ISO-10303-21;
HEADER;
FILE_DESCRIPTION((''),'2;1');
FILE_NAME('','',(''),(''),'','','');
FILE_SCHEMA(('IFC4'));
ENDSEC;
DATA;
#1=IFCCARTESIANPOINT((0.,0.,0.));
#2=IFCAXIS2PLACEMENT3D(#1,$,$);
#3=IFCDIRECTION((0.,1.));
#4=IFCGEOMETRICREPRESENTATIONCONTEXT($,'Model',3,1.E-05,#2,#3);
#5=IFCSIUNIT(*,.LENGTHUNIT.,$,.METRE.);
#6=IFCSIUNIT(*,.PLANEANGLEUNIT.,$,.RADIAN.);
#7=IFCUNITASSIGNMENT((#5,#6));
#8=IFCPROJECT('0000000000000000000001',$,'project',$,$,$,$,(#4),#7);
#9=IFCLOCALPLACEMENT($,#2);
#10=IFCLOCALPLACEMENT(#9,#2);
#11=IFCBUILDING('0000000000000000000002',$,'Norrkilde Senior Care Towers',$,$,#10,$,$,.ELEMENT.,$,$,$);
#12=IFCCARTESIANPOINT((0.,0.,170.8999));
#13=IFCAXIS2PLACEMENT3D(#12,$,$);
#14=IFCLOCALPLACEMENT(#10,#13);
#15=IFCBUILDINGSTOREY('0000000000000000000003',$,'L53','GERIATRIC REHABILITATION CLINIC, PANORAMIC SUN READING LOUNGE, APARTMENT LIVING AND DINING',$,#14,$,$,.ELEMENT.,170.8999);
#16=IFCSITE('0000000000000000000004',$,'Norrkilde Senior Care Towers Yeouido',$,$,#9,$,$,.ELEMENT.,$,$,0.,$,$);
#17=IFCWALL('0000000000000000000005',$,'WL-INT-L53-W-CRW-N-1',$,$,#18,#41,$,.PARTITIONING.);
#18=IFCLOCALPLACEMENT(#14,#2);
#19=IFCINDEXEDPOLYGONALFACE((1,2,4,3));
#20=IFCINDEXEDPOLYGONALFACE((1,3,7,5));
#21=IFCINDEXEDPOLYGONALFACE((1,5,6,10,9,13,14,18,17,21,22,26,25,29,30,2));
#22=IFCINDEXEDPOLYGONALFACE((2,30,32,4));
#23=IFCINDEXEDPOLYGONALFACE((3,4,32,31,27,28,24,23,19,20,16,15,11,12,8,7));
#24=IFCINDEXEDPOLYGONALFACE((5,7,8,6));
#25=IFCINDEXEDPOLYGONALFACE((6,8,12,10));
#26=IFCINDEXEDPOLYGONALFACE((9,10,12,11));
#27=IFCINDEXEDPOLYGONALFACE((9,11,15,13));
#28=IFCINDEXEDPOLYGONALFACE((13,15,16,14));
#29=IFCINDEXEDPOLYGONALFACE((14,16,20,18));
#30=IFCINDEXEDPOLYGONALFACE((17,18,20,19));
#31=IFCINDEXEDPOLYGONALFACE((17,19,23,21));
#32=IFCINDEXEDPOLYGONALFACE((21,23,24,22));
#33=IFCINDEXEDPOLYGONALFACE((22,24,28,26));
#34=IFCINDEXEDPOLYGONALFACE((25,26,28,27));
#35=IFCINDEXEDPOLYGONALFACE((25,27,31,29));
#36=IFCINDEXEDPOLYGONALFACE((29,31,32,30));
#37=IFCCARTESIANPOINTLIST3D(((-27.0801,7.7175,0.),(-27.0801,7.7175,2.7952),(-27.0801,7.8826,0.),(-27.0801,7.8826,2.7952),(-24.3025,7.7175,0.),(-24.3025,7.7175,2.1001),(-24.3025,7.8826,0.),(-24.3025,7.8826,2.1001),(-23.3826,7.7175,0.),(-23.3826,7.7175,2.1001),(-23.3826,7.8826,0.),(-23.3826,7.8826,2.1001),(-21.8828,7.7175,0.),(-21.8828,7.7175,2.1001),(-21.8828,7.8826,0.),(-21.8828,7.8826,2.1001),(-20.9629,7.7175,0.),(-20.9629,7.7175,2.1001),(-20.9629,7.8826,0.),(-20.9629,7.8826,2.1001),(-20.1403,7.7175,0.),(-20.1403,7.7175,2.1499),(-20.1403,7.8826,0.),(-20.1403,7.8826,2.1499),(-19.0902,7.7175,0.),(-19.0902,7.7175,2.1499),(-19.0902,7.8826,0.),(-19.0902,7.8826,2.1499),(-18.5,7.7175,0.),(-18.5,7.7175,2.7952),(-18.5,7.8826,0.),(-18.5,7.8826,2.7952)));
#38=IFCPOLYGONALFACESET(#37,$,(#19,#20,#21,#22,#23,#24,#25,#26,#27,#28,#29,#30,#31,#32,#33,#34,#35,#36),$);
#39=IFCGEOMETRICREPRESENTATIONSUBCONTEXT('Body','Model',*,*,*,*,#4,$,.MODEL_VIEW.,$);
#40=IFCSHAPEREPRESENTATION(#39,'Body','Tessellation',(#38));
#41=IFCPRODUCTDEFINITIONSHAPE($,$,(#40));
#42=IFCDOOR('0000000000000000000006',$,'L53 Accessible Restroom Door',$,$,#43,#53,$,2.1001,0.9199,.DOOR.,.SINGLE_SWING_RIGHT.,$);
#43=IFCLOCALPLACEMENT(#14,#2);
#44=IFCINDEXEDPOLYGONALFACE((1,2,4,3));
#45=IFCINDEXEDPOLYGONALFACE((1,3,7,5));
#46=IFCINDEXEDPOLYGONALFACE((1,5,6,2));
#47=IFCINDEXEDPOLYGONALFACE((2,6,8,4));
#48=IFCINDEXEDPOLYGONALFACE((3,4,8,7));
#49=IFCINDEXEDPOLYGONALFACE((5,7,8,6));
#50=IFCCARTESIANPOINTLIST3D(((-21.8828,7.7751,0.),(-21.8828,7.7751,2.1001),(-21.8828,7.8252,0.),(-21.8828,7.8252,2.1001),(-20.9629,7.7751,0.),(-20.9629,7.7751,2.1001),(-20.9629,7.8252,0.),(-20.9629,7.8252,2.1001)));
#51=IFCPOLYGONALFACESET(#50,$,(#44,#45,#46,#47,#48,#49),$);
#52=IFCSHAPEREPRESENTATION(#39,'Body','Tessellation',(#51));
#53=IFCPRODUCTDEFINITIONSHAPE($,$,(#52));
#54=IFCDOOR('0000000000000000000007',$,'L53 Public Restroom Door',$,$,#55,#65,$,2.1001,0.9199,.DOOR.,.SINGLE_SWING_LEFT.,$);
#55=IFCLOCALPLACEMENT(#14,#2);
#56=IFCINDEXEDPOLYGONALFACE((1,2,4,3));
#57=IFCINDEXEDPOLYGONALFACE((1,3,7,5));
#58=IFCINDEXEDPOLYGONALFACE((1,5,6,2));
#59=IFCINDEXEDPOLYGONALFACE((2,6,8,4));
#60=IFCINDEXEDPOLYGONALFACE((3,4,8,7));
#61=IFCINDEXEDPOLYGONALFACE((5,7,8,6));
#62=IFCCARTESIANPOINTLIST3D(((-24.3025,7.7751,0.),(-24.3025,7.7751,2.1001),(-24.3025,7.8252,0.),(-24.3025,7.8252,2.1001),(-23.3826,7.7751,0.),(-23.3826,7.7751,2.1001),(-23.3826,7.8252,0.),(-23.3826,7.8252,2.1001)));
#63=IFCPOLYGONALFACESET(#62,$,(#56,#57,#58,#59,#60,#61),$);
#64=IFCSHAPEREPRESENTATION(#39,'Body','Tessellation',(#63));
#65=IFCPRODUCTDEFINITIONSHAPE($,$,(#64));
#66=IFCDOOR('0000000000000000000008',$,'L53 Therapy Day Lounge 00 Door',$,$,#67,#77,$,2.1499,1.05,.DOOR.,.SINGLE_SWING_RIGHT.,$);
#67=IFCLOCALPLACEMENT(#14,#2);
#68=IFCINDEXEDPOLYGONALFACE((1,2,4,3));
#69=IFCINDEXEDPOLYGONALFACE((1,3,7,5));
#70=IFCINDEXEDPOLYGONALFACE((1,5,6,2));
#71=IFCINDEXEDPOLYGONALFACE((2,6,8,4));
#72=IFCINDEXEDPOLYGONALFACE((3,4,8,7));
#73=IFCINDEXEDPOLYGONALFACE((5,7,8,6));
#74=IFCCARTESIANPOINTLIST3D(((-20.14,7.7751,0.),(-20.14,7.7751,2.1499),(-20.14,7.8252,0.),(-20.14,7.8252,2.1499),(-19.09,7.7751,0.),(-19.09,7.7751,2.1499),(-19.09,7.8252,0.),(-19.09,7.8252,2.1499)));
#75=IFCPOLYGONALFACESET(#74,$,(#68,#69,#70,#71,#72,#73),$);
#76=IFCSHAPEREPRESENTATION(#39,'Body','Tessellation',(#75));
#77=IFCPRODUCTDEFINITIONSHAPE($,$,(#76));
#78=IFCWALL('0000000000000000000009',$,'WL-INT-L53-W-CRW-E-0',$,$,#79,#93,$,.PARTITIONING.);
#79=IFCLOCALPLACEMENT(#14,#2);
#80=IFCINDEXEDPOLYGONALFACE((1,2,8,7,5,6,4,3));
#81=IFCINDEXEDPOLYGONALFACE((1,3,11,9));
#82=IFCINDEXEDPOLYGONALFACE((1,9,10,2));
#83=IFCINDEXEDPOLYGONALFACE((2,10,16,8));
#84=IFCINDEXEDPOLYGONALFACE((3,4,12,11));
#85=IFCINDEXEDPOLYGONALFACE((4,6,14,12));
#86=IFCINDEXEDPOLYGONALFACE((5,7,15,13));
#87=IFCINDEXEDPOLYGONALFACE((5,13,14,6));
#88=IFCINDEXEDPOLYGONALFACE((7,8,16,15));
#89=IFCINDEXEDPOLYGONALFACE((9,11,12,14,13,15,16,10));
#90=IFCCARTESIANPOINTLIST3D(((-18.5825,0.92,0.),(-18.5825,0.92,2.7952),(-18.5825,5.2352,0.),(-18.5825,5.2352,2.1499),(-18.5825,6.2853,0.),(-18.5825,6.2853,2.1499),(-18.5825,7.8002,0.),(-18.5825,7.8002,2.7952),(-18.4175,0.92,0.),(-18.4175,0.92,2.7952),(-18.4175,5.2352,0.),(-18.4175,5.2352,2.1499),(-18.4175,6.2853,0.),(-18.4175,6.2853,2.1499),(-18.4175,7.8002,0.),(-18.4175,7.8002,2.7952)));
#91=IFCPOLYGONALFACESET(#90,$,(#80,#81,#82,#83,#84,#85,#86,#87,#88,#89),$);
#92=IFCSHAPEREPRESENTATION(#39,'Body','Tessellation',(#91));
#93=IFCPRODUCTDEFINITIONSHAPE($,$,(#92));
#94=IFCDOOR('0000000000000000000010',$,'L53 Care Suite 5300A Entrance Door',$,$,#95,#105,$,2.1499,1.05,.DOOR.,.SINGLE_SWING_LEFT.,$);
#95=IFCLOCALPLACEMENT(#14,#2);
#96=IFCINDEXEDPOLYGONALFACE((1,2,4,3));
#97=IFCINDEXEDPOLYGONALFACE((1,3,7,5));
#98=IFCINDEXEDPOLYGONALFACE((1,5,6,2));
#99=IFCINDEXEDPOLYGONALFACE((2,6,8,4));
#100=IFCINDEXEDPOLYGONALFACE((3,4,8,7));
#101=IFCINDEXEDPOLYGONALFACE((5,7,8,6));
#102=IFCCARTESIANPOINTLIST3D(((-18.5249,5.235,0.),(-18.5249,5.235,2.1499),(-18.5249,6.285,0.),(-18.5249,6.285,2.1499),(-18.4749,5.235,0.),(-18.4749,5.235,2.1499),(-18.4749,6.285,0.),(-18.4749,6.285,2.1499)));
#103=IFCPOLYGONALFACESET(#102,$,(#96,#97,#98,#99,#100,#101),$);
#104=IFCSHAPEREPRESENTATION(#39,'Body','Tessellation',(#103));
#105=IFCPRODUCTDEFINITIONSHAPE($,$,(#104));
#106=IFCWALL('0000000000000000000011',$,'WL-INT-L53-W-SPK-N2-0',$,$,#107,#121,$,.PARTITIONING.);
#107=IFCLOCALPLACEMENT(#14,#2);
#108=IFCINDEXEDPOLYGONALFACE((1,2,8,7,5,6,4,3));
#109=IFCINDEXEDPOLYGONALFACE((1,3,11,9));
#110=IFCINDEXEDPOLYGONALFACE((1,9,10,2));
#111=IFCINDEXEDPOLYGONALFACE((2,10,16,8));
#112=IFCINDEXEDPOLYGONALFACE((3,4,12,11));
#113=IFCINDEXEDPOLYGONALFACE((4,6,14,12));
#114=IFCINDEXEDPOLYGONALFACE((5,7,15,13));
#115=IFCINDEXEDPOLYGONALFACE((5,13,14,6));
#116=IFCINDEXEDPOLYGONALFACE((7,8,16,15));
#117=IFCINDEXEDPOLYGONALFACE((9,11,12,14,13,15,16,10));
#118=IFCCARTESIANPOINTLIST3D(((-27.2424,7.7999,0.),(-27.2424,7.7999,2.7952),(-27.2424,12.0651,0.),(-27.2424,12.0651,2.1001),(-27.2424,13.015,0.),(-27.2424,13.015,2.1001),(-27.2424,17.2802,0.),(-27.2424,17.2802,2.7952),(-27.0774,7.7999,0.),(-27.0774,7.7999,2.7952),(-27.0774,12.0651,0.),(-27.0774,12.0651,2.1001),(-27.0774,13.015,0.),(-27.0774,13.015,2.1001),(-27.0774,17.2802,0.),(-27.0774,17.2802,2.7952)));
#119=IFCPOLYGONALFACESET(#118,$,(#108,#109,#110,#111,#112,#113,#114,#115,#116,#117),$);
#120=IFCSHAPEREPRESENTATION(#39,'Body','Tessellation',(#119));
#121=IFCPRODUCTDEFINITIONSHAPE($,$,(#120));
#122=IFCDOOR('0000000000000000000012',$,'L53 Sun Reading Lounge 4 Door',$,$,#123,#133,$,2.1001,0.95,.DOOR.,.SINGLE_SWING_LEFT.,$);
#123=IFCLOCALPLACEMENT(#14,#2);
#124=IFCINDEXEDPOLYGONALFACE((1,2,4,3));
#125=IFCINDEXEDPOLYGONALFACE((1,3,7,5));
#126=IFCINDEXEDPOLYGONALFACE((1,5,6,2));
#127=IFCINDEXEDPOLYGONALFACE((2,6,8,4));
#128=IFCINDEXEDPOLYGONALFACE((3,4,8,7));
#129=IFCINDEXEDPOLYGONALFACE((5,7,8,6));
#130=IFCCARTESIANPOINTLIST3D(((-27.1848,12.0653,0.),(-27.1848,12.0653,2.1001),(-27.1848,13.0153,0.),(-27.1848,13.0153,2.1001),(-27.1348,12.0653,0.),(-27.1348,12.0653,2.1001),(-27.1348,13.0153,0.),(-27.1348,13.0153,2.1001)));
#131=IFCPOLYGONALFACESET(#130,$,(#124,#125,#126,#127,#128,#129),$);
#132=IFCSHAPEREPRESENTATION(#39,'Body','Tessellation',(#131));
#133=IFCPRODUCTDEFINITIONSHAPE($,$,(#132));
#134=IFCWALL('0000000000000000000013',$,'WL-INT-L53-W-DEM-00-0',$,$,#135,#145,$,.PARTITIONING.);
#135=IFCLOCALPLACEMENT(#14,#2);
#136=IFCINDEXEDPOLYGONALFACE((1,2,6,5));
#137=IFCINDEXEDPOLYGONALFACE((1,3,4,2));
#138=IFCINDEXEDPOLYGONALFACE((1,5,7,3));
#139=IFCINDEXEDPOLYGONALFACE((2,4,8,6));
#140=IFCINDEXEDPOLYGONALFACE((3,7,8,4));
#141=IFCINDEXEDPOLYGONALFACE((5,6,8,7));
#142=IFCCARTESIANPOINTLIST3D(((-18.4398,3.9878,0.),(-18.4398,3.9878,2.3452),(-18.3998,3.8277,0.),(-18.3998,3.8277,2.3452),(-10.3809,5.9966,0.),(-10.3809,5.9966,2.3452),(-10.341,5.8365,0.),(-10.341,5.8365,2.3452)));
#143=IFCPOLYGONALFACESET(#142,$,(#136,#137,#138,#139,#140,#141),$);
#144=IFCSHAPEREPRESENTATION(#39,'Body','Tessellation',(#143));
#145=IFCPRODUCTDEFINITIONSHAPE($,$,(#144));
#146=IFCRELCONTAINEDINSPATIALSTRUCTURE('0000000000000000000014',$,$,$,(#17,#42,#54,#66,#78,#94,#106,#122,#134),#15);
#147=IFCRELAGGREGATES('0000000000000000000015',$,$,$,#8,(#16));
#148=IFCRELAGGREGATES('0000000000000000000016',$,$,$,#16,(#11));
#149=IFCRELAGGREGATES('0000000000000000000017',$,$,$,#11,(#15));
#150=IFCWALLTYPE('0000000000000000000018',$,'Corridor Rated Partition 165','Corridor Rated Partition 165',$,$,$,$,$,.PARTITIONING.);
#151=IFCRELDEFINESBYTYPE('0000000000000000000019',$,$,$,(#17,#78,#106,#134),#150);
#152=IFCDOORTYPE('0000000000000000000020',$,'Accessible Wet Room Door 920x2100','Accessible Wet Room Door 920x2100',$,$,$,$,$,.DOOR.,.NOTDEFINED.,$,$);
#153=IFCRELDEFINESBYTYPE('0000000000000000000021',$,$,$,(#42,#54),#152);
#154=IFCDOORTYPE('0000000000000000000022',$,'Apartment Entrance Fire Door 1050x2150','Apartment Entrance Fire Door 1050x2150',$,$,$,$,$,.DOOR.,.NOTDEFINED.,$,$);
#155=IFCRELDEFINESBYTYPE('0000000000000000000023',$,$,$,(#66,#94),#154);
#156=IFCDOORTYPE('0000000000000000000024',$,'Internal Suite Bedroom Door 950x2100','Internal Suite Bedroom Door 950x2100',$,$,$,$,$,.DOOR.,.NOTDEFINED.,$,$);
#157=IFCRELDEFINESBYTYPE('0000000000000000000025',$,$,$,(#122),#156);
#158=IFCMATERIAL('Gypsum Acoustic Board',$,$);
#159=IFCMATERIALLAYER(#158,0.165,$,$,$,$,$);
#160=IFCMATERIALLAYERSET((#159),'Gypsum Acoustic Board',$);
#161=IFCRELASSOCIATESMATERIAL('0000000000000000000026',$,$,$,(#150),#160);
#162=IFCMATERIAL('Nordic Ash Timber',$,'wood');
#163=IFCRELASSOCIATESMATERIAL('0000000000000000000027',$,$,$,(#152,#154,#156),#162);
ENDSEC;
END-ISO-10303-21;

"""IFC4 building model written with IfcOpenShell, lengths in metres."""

from ifc_helpers import new_model, si_unit, direction, frame, frame_2d, origin, place, context, subcontext, project, spatial, rectangle, extrude, source, transform, mapped, material, layer, layer_set, type_object, type_shapes, element, fill, save


model = new_model("IFC4")

# Units and contexts
model_context = context("Model", 3, precision=1e-05, world=origin(), true_north=direction((0.0, 1.0)))
body_context = subcontext(model_context, "Body", "Model", "MODEL_VIEW")
ifc_project = project(units=[si_unit("LENGTHUNIT", "METRE"), si_unit("PLANEANGLEUNIT", "RADIAN")], contexts=[model_context])

# Site, building, storey
site_placement = place(None, origin())
site = spatial("IfcSite", under=ifc_project, at=site_placement, Name="Norrkilde Senior Care Towers Yeouido", CompositionType="ELEMENT", RefElevation=0.0)
building_placement = place(site_placement, origin())
building = spatial("IfcBuilding", under=site, at=building_placement, Name="Norrkilde Senior Care Towers", CompositionType="ELEMENT")
storey_placement = place(building_placement, frame((0.0, 0.0, 170.8999)))
storey = spatial("IfcBuildingStorey", under=building, at=storey_placement, Name="L53", Description="GERIATRIC REHABILITATION CLINIC, PANORAMIC SUN READING LOUNGE, APARTMENT LIVING AND DINING", CompositionType="ELEMENT", Elevation=170.8999)

# Shared definitions
ifc_material_1 = material(Name="Gypsum Acoustic Board")
ifc_layer_1 = layer(ifc_material_1, 0.165)
ifc_layer_set_1 = layer_set([ifc_layer_1], Name="Gypsum Acoustic Board")
wall_type_1 = type_object("IfcWallType", Name="Corridor Rated Partition 165", Description="Corridor Rated Partition 165", PredefinedType="PARTITIONING", material=ifc_layer_set_1)

# Shared definitions
ifc_material_2 = material(Name="Nordic Ash Timber", Category="wood")
door_type_1 = type_object("IfcDoorType", Name="Accessible Wet Room Door 920x2100", Description="Accessible Wet Room Door 920x2100", OperationType="NOTDEFINED", PredefinedType="DOOR", material=ifc_material_2)
shared_shape_1 = source(origin(), body_context, "Body", "SweptSolid", [
    extrude(rectangle(XDim=0.9199, YDim=2.1001, at=frame_2d((0.46, 1.05))), frame((0.0, 0.0249, 0.0), z_axis=(0.0, -1.0, 0.0), x_axis=(1.0, 0.0, 0.0)), (0.0, 0.0, 1.0), 0.05),
])
type_shapes(door_type_1, [shared_shape_1])

# Wall, openings, doors
shared_shape_2 = source(origin(), body_context, "Body", "SweptSolid", [
    extrude(rectangle(XDim=8.5801, YDim=0.165, at=frame_2d((4.29, 0.0))), origin(), (0.0, 0.0, 1.0), 2.7952),
])
wall_1_placement = place(storey_placement, frame((-27.0801, 7.8, 0.0), z_axis=(0.0, 0.0, 1.0), x_axis=(1.0, 0.0, 0.0)))
wall_1 = element("IfcWall", 1, at=wall_1_placement, inside=storey, type_object=wall_type_1, Name="WL-INT-L53-W-CRW-N-1", PredefinedType="PARTITIONING", context=body_context, shape_type="MappedRepresentation", body=[
    mapped(shared_shape_2, transform((0.0, 0.0, 0.0), x_axis=(1.0, 0.0, 0.0), y_axis=(0.0, 1.0, 0.0), z_axis=(0.0, 0.0, 1.0), scale=1.0)),
])
opening_1_placement = place(wall_1_placement, frame((6.9399, 0.0, 0.0)))
opening_1 = element("IfcOpeningElement", 2, at=opening_1_placement, cuts=wall_1, PredefinedType="OPENING", context=body_context, shape_type="SweptSolid", body=[
    extrude(rectangle(XDim=1.05, YDim=2.1499, at=frame_2d((0.5249, 1.075))), frame((0.0, 0.0925, 0.0), z_axis=(0.0, -1.0, 0.0), x_axis=(1.0, 0.0, 0.0)), (0.0, 0.0, 1.0), 0.1851),
])
opening_2_placement = place(wall_1_placement, frame((5.1973, 0.0, 0.0)))
opening_2 = element("IfcOpeningElement", 3, at=opening_2_placement, cuts=wall_1, PredefinedType="OPENING", context=body_context, shape_type="SweptSolid", body=[
    extrude(rectangle(XDim=0.9199, YDim=2.1001, at=frame_2d((0.46, 1.05))), frame((0.0, 0.0925, 0.0), z_axis=(0.0, -1.0, 0.0), x_axis=(1.0, 0.0, 0.0)), (0.0, 0.0, 1.0), 0.1851),
])
opening_3_placement = place(wall_1_placement, frame((2.7776, 0.0, 0.0)))
opening_3 = element("IfcOpeningElement", 4, at=opening_3_placement, cuts=wall_1, PredefinedType="OPENING", context=body_context, shape_type="SweptSolid", body=[
    extrude(rectangle(XDim=0.9199, YDim=2.1001, at=frame_2d((0.46, 1.05))), frame((0.0, 0.0925, 0.0), z_axis=(0.0, -1.0, 0.0), x_axis=(1.0, 0.0, 0.0)), (0.0, 0.0, 1.0), 0.1851),
])
door_1_placement = place(opening_2_placement, frame((0.9199, 0.0, 0.0), z_axis=(0.0, 0.0, 1.0), x_axis=(-1.0, 0.0, 0.0)))
door_1 = element("IfcDoor", 5, at=door_1_placement, inside=storey, type_object=door_type_1, Name="L53 Accessible Restroom Door", OperationType="SINGLE_SWING_RIGHT", OverallHeight=2.1001, OverallWidth=0.9199, PredefinedType="DOOR", context=body_context, shape_type="MappedRepresentation", body=[
    mapped(shared_shape_1, transform((0.0, 0.0, 0.0), x_axis=(1.0, 0.0, 0.0), y_axis=(0.0, 1.0, 0.0), z_axis=(0.0, 0.0, 1.0), scale=1.0)),
])
fill(opening_2, door_1)
door_2_placement = place(opening_3_placement, frame((0.9199, 0.0, 0.0), z_axis=(0.0, 0.0, 1.0), x_axis=(-1.0, 0.0, 0.0)))
door_2 = element("IfcDoor", 6, at=door_2_placement, inside=storey, type_object=door_type_1, Name="L53 Public Restroom Door", OperationType="SINGLE_SWING_LEFT", OverallHeight=2.1001, OverallWidth=0.9199, PredefinedType="DOOR", context=body_context, shape_type="MappedRepresentation", body=[
    mapped(shared_shape_1, transform((0.0, 0.0, 0.0), x_axis=(1.0, 0.0, 0.0), y_axis=(0.0, 1.0, 0.0), z_axis=(0.0, 0.0, 1.0), scale=1.0)),
])
fill(opening_3, door_2)
door_type_2 = type_object("IfcDoorType", Name="Apartment Entrance Fire Door 1050x2150", Description="Apartment Entrance Fire Door 1050x2150", OperationType="NOTDEFINED", PredefinedType="DOOR", material=ifc_material_2)
shared_shape_3 = source(origin(), body_context, "Body", "SweptSolid", [
    extrude(rectangle(XDim=1.05, YDim=2.1499, at=frame_2d((0.5249, 1.075))), frame((0.0, 0.0249, 0.0), z_axis=(0.0, -1.0, 0.0), x_axis=(1.0, 0.0, 0.0)), (0.0, 0.0, 1.0), 0.05),
])
type_shapes(door_type_2, [shared_shape_3])
door_3_placement = place(opening_1_placement, frame((1.05, 0.0, 0.0), z_axis=(0.0, 0.0, 1.0), x_axis=(-1.0, 0.0, 0.0)))
door_3 = element("IfcDoor", 7, at=door_3_placement, inside=storey, type_object=door_type_2, Name="L53 Therapy Day Lounge 00 Door", OperationType="SINGLE_SWING_RIGHT", OverallHeight=2.1499, OverallWidth=1.05, PredefinedType="DOOR", context=body_context, shape_type="MappedRepresentation", body=[
    mapped(shared_shape_3, transform((0.0, 0.0, 0.0), x_axis=(1.0, 0.0, 0.0), y_axis=(0.0, 1.0, 0.0), z_axis=(0.0, 0.0, 1.0), scale=1.0)),
])
fill(opening_1, door_3)

# Walls, openings, doors
shared_shape_4 = source(origin(), body_context, "Body", "SweptSolid", [
    extrude(rectangle(XDim=6.8801, YDim=0.165, at=frame_2d((3.4399, 0.0))), origin(), (0.0, 0.0, 1.0), 2.7952),
])
wall_2_placement = place(storey_placement, frame((-18.5, 7.8, 0.0), z_axis=(0.0, 0.0, 1.0), x_axis=(0.0, -1.0, 0.0)))
wall_2 = element("IfcWall", 8, at=wall_2_placement, inside=storey, type_object=wall_type_1, Name="WL-INT-L53-W-CRW-E-0", PredefinedType="PARTITIONING", context=body_context, shape_type="MappedRepresentation", body=[
    mapped(shared_shape_4, transform((0.0, 0.0, 0.0), x_axis=(1.0, 0.0, 0.0), y_axis=(0.0, 1.0, 0.0), z_axis=(0.0, 0.0, 1.0), scale=1.0)),
])
opening_4_placement = place(wall_2_placement, frame((1.5149, 0.0, 0.0)))
opening_4 = element("IfcOpeningElement", 9, at=opening_4_placement, cuts=wall_2, PredefinedType="OPENING", context=body_context, shape_type="SweptSolid", body=[
    extrude(rectangle(XDim=1.05, YDim=2.1499, at=frame_2d((0.5249, 1.075))), frame((0.0, 0.0925, 0.0), z_axis=(0.0, -1.0, 0.0), x_axis=(1.0, 0.0, 0.0)), (0.0, 0.0, 1.0), 0.1851),
])
door_4_placement = place(opening_4_placement, frame((1.05, 0.0, 0.0), z_axis=(0.0, 0.0, 1.0), x_axis=(-1.0, 0.0, 0.0)))
door_4 = element("IfcDoor", 10, at=door_4_placement, inside=storey, type_object=door_type_2, Name="L53 Care Suite 5300A Entrance Door", OperationType="SINGLE_SWING_LEFT", OverallHeight=2.1499, OverallWidth=1.05, PredefinedType="DOOR", context=body_context, shape_type="MappedRepresentation", body=[
    mapped(shared_shape_3, transform((0.0, 0.0, 0.0), x_axis=(1.0, 0.0, 0.0), y_axis=(0.0, 1.0, 0.0), z_axis=(0.0, 0.0, 1.0), scale=1.0)),
])
fill(opening_4, door_4)
shared_shape_5 = source(origin(), body_context, "Body", "SweptSolid", [
    extrude(rectangle(XDim=9.4802, YDim=0.165, at=frame_2d((4.7402, 0.0))), origin(), (0.0, 0.0, 1.0), 2.7952),
])
wall_3_placement = place(storey_placement, frame((-27.1599, 17.2803, 0.0), z_axis=(0.0, 0.0, 1.0), x_axis=(0.0, -1.0, 0.0)))
wall_3 = element("IfcWall", 11, at=wall_3_placement, inside=storey, type_object=wall_type_1, Name="WL-INT-L53-W-SPK-N2-0", PredefinedType="PARTITIONING", context=body_context, shape_type="MappedRepresentation", body=[
    mapped(shared_shape_5, transform((0.0, 0.0, 0.0), x_axis=(1.0, 0.0, 0.0), y_axis=(0.0, 1.0, 0.0), z_axis=(0.0, 0.0, 1.0), scale=1.0)),
])
opening_5_placement = place(wall_3_placement, frame((4.2651, 0.0, 0.0)))
opening_5 = element("IfcOpeningElement", 12, at=opening_5_placement, cuts=wall_3, PredefinedType="OPENING", context=body_context, shape_type="SweptSolid", body=[
    extrude(rectangle(XDim=0.95, YDim=2.1001, at=frame_2d((0.4751, 1.05))), frame((0.0, 0.0925, 0.0), z_axis=(0.0, -1.0, 0.0), x_axis=(1.0, 0.0, 0.0)), (0.0, 0.0, 1.0), 0.1851),
])
door_type_3 = type_object("IfcDoorType", Name="Internal Suite Bedroom Door 950x2100", Description="Internal Suite Bedroom Door 950x2100", OperationType="NOTDEFINED", PredefinedType="DOOR", material=ifc_material_2)
shared_shape_6 = source(origin(), body_context, "Body", "SweptSolid", [
    extrude(rectangle(XDim=0.95, YDim=2.1001, at=frame_2d((0.4751, 1.05))), frame((0.0, 0.0249, 0.0), z_axis=(0.0, -1.0, 0.0), x_axis=(1.0, 0.0, 0.0)), (0.0, 0.0, 1.0), 0.05),
])
type_shapes(door_type_3, [shared_shape_6])
door_5_placement = place(opening_5_placement, frame((0.95, 0.0, 0.0), z_axis=(0.0, 0.0, 1.0), x_axis=(-1.0, 0.0, 0.0)))
door_5 = element("IfcDoor", 13, at=door_5_placement, inside=storey, type_object=door_type_3, Name="L53 Sun Reading Lounge 4 Door", OperationType="SINGLE_SWING_LEFT", OverallHeight=2.1001, OverallWidth=0.95, PredefinedType="DOOR", context=body_context, shape_type="MappedRepresentation", body=[
    mapped(shared_shape_6, transform((0.0, 0.0, 0.0), x_axis=(1.0, 0.0, 0.0), y_axis=(0.0, 1.0, 0.0), z_axis=(0.0, 0.0, 1.0), scale=1.0)),
])
fill(opening_5, door_5)

# Wall
shared_shape_7 = source(origin(), body_context, "Body", "SweptSolid", [
    extrude(rectangle(XDim=8.3054, YDim=0.165, at=frame_2d((4.1528, 0.0))), origin(), (0.0, 0.0, 1.0), 2.3452),
])
wall_4_placement = place(storey_placement, frame((-18.4199, 3.9077, 0.0), z_axis=(0.0, 0.0, 1.0), x_axis=(0.97031, 0.241865, 0.0)))
element("IfcWall", 14, at=wall_4_placement, inside=storey, type_object=wall_type_1, Name="WL-INT-L53-W-DEM-00-0", PredefinedType="PARTITIONING", context=body_context, shape_type="MappedRepresentation", body=[
    mapped(shared_shape_7, transform((0.0, 0.0, 0.0), x_axis=(1.0, 0.0, 0.0), y_axis=(0.0, 1.0, 0.0), z_axis=(0.0, 0.0, 1.0), scale=1.0)),
])

save(model, "model.ifc")
